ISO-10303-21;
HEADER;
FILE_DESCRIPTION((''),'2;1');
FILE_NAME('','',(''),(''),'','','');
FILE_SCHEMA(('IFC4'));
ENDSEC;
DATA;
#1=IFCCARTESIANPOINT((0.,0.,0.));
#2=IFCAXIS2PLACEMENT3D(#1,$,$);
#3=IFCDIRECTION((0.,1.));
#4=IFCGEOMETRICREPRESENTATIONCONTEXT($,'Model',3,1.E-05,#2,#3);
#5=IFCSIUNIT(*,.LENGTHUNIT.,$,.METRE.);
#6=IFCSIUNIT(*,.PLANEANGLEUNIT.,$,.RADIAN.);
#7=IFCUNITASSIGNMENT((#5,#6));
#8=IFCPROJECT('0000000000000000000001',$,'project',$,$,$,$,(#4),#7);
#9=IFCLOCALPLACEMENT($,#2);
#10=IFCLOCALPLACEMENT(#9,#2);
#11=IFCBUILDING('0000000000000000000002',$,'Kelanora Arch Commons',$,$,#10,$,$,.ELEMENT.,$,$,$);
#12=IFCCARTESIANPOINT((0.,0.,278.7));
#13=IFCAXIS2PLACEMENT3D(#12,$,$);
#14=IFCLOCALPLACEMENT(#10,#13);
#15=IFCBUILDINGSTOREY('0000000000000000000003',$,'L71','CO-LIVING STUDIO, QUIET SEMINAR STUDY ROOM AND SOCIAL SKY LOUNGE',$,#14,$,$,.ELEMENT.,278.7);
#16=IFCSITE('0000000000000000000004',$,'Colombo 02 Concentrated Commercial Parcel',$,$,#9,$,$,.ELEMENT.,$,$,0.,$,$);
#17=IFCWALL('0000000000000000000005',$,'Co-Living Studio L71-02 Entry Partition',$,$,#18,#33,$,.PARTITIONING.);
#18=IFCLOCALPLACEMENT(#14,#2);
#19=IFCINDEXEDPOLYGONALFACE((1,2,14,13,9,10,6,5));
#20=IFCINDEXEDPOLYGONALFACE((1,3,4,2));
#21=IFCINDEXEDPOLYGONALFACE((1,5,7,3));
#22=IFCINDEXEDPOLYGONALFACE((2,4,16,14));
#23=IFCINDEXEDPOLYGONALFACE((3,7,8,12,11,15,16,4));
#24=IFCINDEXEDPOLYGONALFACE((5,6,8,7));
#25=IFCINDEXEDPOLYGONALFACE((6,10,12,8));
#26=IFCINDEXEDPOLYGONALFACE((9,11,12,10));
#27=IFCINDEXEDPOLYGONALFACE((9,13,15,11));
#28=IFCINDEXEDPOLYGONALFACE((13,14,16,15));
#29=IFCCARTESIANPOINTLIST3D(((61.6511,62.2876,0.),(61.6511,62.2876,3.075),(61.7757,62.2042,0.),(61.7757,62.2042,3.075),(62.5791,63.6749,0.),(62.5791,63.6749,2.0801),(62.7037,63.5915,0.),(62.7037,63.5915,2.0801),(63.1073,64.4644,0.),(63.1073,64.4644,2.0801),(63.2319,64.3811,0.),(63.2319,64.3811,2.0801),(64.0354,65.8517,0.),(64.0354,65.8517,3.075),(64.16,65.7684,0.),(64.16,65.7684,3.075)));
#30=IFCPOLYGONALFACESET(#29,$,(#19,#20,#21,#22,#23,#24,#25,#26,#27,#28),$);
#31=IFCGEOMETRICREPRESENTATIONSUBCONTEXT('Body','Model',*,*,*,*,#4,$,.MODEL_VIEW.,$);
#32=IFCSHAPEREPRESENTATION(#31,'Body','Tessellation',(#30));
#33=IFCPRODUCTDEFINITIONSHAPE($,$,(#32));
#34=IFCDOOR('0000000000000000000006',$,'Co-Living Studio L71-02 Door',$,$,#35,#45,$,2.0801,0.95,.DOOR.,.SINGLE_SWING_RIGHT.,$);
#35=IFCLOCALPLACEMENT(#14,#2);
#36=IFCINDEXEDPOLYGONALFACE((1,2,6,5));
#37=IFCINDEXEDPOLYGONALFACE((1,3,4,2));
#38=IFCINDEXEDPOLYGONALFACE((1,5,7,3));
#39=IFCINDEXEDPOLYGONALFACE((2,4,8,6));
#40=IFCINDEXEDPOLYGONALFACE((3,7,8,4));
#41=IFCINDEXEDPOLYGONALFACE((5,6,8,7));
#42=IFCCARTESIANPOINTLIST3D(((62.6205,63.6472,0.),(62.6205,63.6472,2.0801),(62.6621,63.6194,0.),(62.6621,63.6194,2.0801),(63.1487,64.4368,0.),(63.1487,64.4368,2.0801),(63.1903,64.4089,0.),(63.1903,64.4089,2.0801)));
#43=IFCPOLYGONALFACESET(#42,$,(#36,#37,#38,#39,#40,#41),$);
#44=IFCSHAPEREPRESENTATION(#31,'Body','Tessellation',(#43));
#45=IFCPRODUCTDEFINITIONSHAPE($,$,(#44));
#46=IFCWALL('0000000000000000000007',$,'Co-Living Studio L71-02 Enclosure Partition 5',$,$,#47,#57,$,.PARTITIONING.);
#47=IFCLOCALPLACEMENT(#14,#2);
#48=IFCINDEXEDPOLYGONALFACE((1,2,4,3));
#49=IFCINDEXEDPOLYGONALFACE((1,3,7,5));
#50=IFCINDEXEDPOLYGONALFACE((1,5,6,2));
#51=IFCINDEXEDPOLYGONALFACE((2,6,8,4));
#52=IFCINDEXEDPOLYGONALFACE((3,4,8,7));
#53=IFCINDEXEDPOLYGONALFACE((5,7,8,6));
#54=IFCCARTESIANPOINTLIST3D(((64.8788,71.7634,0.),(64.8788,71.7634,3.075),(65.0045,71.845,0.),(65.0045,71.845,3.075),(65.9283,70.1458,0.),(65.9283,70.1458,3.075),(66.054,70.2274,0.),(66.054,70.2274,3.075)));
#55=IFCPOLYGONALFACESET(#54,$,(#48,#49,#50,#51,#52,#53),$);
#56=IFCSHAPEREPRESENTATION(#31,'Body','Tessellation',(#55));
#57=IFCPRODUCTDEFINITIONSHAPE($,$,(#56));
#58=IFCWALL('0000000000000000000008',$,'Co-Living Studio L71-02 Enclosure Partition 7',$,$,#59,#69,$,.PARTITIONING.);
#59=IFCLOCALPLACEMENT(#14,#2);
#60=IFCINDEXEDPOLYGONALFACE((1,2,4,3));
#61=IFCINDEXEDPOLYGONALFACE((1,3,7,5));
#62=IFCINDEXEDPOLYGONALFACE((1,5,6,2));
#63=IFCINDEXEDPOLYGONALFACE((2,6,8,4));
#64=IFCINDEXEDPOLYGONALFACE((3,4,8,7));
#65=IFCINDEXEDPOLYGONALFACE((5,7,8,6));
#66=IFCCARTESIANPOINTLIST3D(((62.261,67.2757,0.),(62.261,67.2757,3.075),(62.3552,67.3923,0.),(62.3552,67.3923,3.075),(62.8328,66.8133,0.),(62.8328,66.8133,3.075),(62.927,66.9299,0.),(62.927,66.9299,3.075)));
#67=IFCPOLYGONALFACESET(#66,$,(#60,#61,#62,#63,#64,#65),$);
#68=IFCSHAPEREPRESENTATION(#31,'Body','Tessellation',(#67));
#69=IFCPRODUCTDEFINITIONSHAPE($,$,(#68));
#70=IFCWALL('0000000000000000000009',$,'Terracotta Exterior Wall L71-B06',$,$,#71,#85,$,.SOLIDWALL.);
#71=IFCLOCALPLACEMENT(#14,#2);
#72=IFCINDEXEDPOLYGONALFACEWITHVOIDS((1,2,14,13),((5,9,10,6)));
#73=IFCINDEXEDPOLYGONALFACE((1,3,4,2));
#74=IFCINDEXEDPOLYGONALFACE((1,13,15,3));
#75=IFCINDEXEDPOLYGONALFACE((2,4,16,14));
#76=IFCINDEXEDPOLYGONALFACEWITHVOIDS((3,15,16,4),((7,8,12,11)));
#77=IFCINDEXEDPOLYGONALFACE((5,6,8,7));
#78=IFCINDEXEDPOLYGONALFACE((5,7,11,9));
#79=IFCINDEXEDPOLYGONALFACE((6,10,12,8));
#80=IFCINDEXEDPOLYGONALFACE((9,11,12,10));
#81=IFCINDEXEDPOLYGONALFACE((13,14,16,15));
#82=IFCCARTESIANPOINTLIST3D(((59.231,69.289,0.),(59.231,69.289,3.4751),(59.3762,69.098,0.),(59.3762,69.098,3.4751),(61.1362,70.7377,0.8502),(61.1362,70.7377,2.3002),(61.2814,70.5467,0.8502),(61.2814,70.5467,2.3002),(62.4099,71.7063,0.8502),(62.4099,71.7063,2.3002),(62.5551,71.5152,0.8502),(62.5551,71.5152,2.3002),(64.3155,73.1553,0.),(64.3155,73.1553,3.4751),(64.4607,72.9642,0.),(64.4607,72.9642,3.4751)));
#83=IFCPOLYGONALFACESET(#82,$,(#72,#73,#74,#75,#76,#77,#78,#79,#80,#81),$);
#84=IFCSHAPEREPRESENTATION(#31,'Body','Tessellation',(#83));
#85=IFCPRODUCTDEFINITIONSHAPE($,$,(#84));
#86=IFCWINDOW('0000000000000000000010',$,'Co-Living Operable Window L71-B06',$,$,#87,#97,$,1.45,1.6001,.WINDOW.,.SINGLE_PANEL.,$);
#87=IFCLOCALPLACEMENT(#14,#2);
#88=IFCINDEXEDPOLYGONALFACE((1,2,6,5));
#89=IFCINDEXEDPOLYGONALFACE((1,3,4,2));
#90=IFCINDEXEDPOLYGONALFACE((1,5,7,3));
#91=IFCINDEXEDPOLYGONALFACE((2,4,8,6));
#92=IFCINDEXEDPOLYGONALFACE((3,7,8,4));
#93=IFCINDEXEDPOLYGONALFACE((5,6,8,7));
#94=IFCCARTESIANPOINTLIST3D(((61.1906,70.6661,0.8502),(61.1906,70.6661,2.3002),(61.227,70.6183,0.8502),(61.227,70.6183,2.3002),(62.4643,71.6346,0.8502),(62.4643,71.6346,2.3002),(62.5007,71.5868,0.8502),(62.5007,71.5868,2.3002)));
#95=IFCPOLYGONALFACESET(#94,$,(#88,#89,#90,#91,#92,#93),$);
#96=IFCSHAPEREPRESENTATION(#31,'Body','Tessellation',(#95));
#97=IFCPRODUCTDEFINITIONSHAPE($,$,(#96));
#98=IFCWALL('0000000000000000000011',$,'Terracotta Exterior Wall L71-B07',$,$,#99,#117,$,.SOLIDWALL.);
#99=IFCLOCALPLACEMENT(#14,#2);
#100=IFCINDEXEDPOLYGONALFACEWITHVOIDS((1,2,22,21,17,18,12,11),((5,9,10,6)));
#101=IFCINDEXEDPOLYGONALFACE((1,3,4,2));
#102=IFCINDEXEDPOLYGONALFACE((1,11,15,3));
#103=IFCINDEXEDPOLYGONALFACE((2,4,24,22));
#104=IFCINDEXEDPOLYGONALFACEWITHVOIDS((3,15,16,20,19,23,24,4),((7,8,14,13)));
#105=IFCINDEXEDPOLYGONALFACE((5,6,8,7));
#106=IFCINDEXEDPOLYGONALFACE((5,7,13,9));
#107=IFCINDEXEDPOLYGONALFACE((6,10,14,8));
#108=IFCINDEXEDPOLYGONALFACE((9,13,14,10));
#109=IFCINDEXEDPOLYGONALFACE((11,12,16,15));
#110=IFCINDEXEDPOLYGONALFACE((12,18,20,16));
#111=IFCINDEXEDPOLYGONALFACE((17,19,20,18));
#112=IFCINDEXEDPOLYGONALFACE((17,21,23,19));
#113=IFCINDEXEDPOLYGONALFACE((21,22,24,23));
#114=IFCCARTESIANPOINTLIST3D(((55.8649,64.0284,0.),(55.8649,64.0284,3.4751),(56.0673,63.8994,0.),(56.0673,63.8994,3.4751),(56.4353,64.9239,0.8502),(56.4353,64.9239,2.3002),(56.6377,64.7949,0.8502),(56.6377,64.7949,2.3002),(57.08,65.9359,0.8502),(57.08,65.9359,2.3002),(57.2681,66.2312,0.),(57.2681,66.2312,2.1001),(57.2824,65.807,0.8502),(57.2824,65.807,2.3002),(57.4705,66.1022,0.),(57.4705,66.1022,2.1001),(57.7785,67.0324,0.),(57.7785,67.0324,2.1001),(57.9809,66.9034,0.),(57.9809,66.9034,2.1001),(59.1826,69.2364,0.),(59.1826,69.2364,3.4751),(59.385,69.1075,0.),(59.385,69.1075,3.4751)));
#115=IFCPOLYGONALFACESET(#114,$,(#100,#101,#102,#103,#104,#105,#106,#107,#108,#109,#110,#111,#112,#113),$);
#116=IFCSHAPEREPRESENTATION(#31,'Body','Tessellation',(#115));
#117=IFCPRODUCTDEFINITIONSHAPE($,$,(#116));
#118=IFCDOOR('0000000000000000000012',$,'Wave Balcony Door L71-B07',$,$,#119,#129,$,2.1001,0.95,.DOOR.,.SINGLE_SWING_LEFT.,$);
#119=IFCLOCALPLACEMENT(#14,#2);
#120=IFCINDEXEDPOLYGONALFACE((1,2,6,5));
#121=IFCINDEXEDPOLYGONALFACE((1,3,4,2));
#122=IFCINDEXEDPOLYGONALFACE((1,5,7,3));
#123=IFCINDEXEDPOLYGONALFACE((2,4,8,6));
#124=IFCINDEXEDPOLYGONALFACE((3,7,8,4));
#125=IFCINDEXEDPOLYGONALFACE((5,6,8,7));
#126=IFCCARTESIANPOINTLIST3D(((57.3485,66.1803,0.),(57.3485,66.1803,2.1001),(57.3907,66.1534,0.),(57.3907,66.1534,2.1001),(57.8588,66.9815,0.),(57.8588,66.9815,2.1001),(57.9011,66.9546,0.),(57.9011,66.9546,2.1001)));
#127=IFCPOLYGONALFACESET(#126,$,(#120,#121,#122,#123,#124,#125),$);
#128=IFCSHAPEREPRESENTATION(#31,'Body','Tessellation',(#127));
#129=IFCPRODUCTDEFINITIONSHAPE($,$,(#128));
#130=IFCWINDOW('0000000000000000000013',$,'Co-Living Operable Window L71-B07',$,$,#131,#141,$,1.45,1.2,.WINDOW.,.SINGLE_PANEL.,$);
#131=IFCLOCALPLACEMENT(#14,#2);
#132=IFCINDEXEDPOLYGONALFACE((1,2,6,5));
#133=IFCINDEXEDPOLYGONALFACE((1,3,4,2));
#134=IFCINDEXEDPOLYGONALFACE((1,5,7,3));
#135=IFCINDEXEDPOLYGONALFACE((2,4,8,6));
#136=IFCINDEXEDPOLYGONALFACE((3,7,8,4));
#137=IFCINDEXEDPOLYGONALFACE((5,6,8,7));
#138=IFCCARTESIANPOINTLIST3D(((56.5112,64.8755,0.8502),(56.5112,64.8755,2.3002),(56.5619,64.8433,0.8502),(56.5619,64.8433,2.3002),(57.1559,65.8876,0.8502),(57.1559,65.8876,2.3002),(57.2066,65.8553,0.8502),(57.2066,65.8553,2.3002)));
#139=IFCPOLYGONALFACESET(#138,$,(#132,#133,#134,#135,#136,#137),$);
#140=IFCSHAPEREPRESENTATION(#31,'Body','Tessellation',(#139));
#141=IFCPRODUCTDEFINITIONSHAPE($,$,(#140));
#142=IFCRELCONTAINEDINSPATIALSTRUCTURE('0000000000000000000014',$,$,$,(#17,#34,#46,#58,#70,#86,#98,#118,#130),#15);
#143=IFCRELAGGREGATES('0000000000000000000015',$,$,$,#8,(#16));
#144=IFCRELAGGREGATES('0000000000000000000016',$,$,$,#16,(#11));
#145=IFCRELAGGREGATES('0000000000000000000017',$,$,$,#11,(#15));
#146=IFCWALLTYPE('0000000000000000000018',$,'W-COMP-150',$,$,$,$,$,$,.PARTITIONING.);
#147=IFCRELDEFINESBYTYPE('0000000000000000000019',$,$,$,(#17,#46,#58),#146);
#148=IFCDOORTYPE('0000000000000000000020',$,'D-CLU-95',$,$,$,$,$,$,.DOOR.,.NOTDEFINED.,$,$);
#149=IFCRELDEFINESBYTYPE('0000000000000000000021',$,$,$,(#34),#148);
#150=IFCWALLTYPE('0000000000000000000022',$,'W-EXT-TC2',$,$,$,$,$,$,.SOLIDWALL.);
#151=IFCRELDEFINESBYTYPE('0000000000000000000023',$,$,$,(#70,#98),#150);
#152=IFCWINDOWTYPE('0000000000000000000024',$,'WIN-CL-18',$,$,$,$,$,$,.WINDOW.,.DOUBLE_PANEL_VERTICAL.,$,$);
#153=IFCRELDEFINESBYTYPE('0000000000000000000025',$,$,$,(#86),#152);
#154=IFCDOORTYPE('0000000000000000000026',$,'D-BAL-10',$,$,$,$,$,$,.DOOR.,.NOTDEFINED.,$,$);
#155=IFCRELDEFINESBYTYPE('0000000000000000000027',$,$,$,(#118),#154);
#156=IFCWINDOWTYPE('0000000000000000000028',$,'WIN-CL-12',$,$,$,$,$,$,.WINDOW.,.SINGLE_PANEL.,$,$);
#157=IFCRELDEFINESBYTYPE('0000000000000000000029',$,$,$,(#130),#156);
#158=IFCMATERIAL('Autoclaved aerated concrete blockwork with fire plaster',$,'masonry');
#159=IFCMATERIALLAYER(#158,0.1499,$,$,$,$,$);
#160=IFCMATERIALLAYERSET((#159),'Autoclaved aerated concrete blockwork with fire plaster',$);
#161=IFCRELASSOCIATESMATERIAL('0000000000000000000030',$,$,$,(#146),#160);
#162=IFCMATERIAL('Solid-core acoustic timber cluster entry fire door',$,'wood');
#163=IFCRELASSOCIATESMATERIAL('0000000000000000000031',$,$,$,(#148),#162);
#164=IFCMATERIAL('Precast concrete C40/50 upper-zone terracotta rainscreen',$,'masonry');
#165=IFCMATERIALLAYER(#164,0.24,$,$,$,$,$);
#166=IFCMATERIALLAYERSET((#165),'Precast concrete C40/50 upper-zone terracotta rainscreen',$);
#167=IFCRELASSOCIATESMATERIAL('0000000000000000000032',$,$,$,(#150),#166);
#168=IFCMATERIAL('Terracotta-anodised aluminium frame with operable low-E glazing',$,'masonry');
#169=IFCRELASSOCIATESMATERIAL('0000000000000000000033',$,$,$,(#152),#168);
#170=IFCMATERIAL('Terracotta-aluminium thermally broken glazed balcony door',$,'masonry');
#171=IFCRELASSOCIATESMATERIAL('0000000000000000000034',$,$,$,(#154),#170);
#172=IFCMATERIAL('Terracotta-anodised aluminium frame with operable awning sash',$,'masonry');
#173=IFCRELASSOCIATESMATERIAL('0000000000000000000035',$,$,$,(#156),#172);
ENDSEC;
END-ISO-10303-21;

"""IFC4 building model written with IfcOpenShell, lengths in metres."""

from ifc_helpers import new_model, si_unit, direction, frame, frame_2d, origin, place, context, subcontext, project, spatial, rectangle, extrude, material, layer, layer_set, type_object, element, fill, save


model = new_model("IFC4")

# Units and contexts
model_context = context("Model", 3, precision=1e-05, world=origin(), true_north=direction((0.0, 1.0)))
body_context = subcontext(model_context, "Body", "Model", "MODEL_VIEW")
ifc_project = project(units=[si_unit("LENGTHUNIT", "METRE"), si_unit("PLANEANGLEUNIT", "RADIAN")], contexts=[model_context])

# Site, building, storey
site_placement = place(None, origin())
site = spatial("IfcSite", under=ifc_project, at=site_placement, Name="Colombo 02 Concentrated Commercial Parcel", CompositionType="ELEMENT", RefElevation=0.0)
building_placement = place(site_placement, origin())
building = spatial("IfcBuilding", under=site, at=building_placement, Name="Kelanora Arch Commons", CompositionType="ELEMENT")
storey_placement = place(building_placement, frame((0.0, 0.0, 278.7)))
storey = spatial("IfcBuildingStorey", under=building, at=storey_placement, Name="L71", Description="CO-LIVING STUDIO, QUIET SEMINAR STUDY ROOM AND SOCIAL SKY LOUNGE", CompositionType="ELEMENT", Elevation=278.7)

# Wall, opening, door
ifc_material_1 = material(Name="Autoclaved aerated concrete blockwork with fire plaster", Category="masonry")
ifc_layer_1 = layer(ifc_material_1, 0.1499)
ifc_layer_set_1 = layer_set([ifc_layer_1], Name="Autoclaved aerated concrete blockwork with fire plaster")
wall_type_1 = type_object("IfcWallType", Name="W-COMP-150", PredefinedType="PARTITIONING", material=ifc_layer_set_1)
wall_1_placement = place(storey_placement, frame((64.0977, 65.8101, 0.0), z_axis=(0.0, 0.0, 1.0), x_axis=(-0.556013, -0.831173, 0.0)))
wall_1 = element("IfcWall", 1, at=wall_1_placement, inside=storey, type_object=wall_type_1, Name="Co-Living Studio L71-02 Entry Partition", PredefinedType="PARTITIONING", context=body_context, shape_type="SweptSolid", body=[
    extrude(rectangle(XDim=4.2881, YDim=0.1499, at=frame_2d((2.144, 0.0))), origin(), (0.0, 0.0, 1.0), 3.075),
])
opening_1_placement = place(wall_1_placement, frame((1.6689, 0.0, 0.0)))
opening_1 = element("IfcOpeningElement", 2, at=opening_1_placement, cuts=wall_1, PredefinedType="OPENING", context=body_context, shape_type="SweptSolid", body=[
    extrude(rectangle(XDim=0.95, YDim=2.0801, at=frame_2d((0.4751, 1.04))), frame((0.0, 0.085, 0.0), z_axis=(0.0, -1.0, 0.0), x_axis=(1.0, 0.0, 0.0)), (0.0, 0.0, 1.0), 0.1699),
])
ifc_material_2 = material(Name="Solid-core acoustic timber cluster entry fire door", Category="wood")
door_type_1 = type_object("IfcDoorType", Name="D-CLU-95", OperationType="NOTDEFINED", PredefinedType="DOOR", material=ifc_material_2)
door_1_placement = place(opening_1_placement, origin())
door_1 = element("IfcDoor", 3, at=door_1_placement, inside=storey, type_object=door_type_1, Name="Co-Living Studio L71-02 Door", OperationType="SINGLE_SWING_RIGHT", OverallHeight=2.0801, OverallWidth=0.95, PredefinedType="DOOR", context=body_context, shape_type="SweptSolid", body=[
    extrude(rectangle(XDim=0.95, YDim=2.0801, at=frame_2d((0.4751, 1.04))), frame((0.0, 0.0249, 0.0), z_axis=(0.0, -1.0, 0.0), x_axis=(1.0, 0.0, 0.0)), (0.0, 0.0, 1.0), 0.05),
])
fill(opening_1, door_1)

# Walls
wall_2_placement = place(storey_placement, frame((64.9417, 71.8042, 0.0), z_axis=(0.0, 0.0, 1.0), x_axis=(0.544285, -0.8389, 0.0)))
element("IfcWall", 4, at=wall_2_placement, inside=storey, type_object=wall_type_1, Name="Co-Living Studio L71-02 Enclosure Partition 5", PredefinedType="PARTITIONING", context=body_context, shape_type="SweptSolid", body=[
    extrude(rectangle(XDim=1.9282, YDim=0.1499, at=frame_2d((0.9641, 0.0))), origin(), (0.0, 0.0, 1.0), 3.075),
])
wall_3_placement = place(storey_placement, frame((62.3081, 67.334, 0.0), z_axis=(0.0, 0.0, 1.0), x_axis=(0.777554, -0.628816, 0.0)))
element("IfcWall", 5, at=wall_3_placement, inside=storey, type_object=wall_type_1, Name="Co-Living Studio L71-02 Enclosure Partition 7", PredefinedType="PARTITIONING", context=body_context, shape_type="SweptSolid", body=[
    extrude(rectangle(XDim=0.7354, YDim=0.1499, at=frame_2d((0.3677, 0.0))), origin(), (0.0, 0.0, 1.0), 3.075),
])

# Wall, opening, window
ifc_material_3 = material(Name="Precast concrete C40/50 upper-zone terracotta rainscreen", Category="masonry")
ifc_layer_2 = layer(ifc_material_3, 0.24)
ifc_layer_set_2 = layer_set([ifc_layer_2], Name="Precast concrete C40/50 upper-zone terracotta rainscreen")
wall_type_2 = type_object("IfcWallType", Name="W-EXT-TC2", PredefinedType="SOLIDWALL", material=ifc_layer_set_2)
wall_4_placement = place(storey_placement, frame((64.3882, 73.0598, 0.0), z_axis=(0.0, 0.0, 1.0), x_axis=(-0.79601, -0.605283, 0.0)))
wall_4 = element("IfcWall", 6, at=wall_4_placement, inside=storey, type_object=wall_type_2, Name="Terracotta Exterior Wall L71-B06", PredefinedType="SOLIDWALL", context=body_context, shape_type="SweptSolid", body=[
    extrude(rectangle(XDim=6.3875, YDim=0.24, at=frame_2d((3.1938, 0.0))), origin(), (0.0, 0.0, 1.0), 3.4751),
])
opening_2_placement = place(wall_4_placement, frame((2.394, 0.0, 0.8501)))
opening_2 = element("IfcOpeningElement", 7, at=opening_2_placement, cuts=wall_4, PredefinedType="OPENING", context=body_context, shape_type="SweptSolid", body=[
    extrude(rectangle(XDim=1.6001, YDim=1.45, at=frame_2d((0.8, 0.7251))), frame((0.0, 0.1299, 0.0), z_axis=(0.0, -1.0, 0.0), x_axis=(1.0, 0.0, 0.0)), (0.0, 0.0, 1.0), 0.26),
])
ifc_material_4 = material(Name="Terracotta-anodised aluminium frame with operable low-E glazing", Category="masonry")
window_type_1 = type_object("IfcWindowType", Name="WIN-CL-18", PartitioningType="DOUBLE_PANEL_VERTICAL", PredefinedType="WINDOW", material=ifc_material_4)
window_1_placement = place(opening_2_placement, origin())
window_1 = element("IfcWindow", 8, at=window_1_placement, inside=storey, type_object=window_type_1, Name="Co-Living Operable Window L71-B06", OverallHeight=1.45, OverallWidth=1.6001, PartitioningType="SINGLE_PANEL", PredefinedType="WINDOW", context=body_context, shape_type="SweptSolid", body=[
    extrude(rectangle(XDim=1.6001, YDim=1.45, at=frame_2d((0.8, 0.7251))), frame((0.0, 0.03, 0.0), z_axis=(0.0, -1.0, 0.0), x_axis=(1.0, 0.0, 0.0)), (0.0, 0.0, 1.0), 0.0601),
])
fill(opening_2, window_1)

# Wall, openings, door, window
wall_5_placement = place(storey_placement, frame((59.2837, 69.1719, 0.0), z_axis=(0.0, 0.0, 1.0), x_axis=(-0.537272, -0.843409, 0.0)))
wall_5 = element("IfcWall", 9, at=wall_5_placement, inside=storey, type_object=wall_type_2, Name="Terracotta Exterior Wall L71-B07", PredefinedType="SOLIDWALL", context=body_context, shape_type="SweptSolid", body=[
    extrude(rectangle(XDim=6.175, YDim=0.24, at=frame_2d((3.0874, 0.0))), origin(), (0.0, 0.0, 1.0), 3.4751),
])
opening_3_placement = place(wall_5_placement, frame((2.613, 0.0, 0.0)))
opening_3 = element("IfcOpeningElement", 10, at=opening_3_placement, cuts=wall_5, PredefinedType="OPENING", context=body_context, shape_type="SweptSolid", body=[
    extrude(rectangle(XDim=0.95, YDim=2.1001, at=frame_2d((0.4751, 1.05))), frame((0.0, 0.1299, 0.0), z_axis=(0.0, -1.0, 0.0), x_axis=(1.0, 0.0, 0.0)), (0.0, 0.0, 1.0), 0.26),
])
opening_4_placement = place(wall_5_placement, frame((3.9131, 0.0, 0.8501)))
opening_4 = element("IfcOpeningElement", 11, at=opening_4_placement, cuts=wall_5, PredefinedType="OPENING", context=body_context, shape_type="SweptSolid", body=[
    extrude(rectangle(XDim=1.2, YDim=1.45, at=frame_2d((0.6001, 0.7251))), frame((0.0, 0.1299, 0.0), z_axis=(0.0, -1.0, 0.0), x_axis=(1.0, 0.0, 0.0)), (0.0, 0.0, 1.0), 0.26),
])
ifc_material_5 = material(Name="Terracotta-aluminium thermally broken glazed balcony door", Category="masonry")
door_type_2 = type_object("IfcDoorType", Name="D-BAL-10", OperationType="NOTDEFINED", PredefinedType="DOOR", material=ifc_material_5)
door_2_placement = place(opening_3_placement, frame((0.95, 0.0, 0.0), z_axis=(0.0, 0.0, 1.0), x_axis=(-1.0, 0.0, 0.0)))
door_2 = element("IfcDoor", 12, at=door_2_placement, inside=storey, type_object=door_type_2, Name="Wave Balcony Door L71-B07", OperationType="SINGLE_SWING_LEFT", OverallHeight=2.1001, OverallWidth=0.95, PredefinedType="DOOR", context=body_context, shape_type="SweptSolid", body=[
    extrude(rectangle(XDim=0.95, YDim=2.1001, at=frame_2d((0.4751, 1.05))), frame((0.0, 0.0249, 0.0), z_axis=(0.0, -1.0, 0.0), x_axis=(1.0, 0.0, 0.0)), (0.0, 0.0, 1.0), 0.05),
])
fill(opening_3, door_2)
ifc_material_6 = material(Name="Terracotta-anodised aluminium frame with operable awning sash", Category="masonry")
window_type_2 = type_object("IfcWindowType", Name="WIN-CL-12", PartitioningType="SINGLE_PANEL", PredefinedType="WINDOW", material=ifc_material_6)
window_2_placement = place(opening_4_placement, origin())
window_2 = element("IfcWindow", 13, at=window_2_placement, inside=storey, type_object=window_type_2, Name="Co-Living Operable Window L71-B07", OverallHeight=1.45, OverallWidth=1.2, PartitioningType="SINGLE_PANEL", PredefinedType="WINDOW", context=body_context, shape_type="SweptSolid", body=[
    extrude(rectangle(XDim=1.2, YDim=1.45, at=frame_2d((0.6001, 0.7251))), frame((0.0, 0.03, 0.0), z_axis=(0.0, -1.0, 0.0), x_axis=(1.0, 0.0, 0.0)), (0.0, 0.0, 1.0), 0.0601),
])
fill(opening_4, window_2)

save(model, "model.ifc")
